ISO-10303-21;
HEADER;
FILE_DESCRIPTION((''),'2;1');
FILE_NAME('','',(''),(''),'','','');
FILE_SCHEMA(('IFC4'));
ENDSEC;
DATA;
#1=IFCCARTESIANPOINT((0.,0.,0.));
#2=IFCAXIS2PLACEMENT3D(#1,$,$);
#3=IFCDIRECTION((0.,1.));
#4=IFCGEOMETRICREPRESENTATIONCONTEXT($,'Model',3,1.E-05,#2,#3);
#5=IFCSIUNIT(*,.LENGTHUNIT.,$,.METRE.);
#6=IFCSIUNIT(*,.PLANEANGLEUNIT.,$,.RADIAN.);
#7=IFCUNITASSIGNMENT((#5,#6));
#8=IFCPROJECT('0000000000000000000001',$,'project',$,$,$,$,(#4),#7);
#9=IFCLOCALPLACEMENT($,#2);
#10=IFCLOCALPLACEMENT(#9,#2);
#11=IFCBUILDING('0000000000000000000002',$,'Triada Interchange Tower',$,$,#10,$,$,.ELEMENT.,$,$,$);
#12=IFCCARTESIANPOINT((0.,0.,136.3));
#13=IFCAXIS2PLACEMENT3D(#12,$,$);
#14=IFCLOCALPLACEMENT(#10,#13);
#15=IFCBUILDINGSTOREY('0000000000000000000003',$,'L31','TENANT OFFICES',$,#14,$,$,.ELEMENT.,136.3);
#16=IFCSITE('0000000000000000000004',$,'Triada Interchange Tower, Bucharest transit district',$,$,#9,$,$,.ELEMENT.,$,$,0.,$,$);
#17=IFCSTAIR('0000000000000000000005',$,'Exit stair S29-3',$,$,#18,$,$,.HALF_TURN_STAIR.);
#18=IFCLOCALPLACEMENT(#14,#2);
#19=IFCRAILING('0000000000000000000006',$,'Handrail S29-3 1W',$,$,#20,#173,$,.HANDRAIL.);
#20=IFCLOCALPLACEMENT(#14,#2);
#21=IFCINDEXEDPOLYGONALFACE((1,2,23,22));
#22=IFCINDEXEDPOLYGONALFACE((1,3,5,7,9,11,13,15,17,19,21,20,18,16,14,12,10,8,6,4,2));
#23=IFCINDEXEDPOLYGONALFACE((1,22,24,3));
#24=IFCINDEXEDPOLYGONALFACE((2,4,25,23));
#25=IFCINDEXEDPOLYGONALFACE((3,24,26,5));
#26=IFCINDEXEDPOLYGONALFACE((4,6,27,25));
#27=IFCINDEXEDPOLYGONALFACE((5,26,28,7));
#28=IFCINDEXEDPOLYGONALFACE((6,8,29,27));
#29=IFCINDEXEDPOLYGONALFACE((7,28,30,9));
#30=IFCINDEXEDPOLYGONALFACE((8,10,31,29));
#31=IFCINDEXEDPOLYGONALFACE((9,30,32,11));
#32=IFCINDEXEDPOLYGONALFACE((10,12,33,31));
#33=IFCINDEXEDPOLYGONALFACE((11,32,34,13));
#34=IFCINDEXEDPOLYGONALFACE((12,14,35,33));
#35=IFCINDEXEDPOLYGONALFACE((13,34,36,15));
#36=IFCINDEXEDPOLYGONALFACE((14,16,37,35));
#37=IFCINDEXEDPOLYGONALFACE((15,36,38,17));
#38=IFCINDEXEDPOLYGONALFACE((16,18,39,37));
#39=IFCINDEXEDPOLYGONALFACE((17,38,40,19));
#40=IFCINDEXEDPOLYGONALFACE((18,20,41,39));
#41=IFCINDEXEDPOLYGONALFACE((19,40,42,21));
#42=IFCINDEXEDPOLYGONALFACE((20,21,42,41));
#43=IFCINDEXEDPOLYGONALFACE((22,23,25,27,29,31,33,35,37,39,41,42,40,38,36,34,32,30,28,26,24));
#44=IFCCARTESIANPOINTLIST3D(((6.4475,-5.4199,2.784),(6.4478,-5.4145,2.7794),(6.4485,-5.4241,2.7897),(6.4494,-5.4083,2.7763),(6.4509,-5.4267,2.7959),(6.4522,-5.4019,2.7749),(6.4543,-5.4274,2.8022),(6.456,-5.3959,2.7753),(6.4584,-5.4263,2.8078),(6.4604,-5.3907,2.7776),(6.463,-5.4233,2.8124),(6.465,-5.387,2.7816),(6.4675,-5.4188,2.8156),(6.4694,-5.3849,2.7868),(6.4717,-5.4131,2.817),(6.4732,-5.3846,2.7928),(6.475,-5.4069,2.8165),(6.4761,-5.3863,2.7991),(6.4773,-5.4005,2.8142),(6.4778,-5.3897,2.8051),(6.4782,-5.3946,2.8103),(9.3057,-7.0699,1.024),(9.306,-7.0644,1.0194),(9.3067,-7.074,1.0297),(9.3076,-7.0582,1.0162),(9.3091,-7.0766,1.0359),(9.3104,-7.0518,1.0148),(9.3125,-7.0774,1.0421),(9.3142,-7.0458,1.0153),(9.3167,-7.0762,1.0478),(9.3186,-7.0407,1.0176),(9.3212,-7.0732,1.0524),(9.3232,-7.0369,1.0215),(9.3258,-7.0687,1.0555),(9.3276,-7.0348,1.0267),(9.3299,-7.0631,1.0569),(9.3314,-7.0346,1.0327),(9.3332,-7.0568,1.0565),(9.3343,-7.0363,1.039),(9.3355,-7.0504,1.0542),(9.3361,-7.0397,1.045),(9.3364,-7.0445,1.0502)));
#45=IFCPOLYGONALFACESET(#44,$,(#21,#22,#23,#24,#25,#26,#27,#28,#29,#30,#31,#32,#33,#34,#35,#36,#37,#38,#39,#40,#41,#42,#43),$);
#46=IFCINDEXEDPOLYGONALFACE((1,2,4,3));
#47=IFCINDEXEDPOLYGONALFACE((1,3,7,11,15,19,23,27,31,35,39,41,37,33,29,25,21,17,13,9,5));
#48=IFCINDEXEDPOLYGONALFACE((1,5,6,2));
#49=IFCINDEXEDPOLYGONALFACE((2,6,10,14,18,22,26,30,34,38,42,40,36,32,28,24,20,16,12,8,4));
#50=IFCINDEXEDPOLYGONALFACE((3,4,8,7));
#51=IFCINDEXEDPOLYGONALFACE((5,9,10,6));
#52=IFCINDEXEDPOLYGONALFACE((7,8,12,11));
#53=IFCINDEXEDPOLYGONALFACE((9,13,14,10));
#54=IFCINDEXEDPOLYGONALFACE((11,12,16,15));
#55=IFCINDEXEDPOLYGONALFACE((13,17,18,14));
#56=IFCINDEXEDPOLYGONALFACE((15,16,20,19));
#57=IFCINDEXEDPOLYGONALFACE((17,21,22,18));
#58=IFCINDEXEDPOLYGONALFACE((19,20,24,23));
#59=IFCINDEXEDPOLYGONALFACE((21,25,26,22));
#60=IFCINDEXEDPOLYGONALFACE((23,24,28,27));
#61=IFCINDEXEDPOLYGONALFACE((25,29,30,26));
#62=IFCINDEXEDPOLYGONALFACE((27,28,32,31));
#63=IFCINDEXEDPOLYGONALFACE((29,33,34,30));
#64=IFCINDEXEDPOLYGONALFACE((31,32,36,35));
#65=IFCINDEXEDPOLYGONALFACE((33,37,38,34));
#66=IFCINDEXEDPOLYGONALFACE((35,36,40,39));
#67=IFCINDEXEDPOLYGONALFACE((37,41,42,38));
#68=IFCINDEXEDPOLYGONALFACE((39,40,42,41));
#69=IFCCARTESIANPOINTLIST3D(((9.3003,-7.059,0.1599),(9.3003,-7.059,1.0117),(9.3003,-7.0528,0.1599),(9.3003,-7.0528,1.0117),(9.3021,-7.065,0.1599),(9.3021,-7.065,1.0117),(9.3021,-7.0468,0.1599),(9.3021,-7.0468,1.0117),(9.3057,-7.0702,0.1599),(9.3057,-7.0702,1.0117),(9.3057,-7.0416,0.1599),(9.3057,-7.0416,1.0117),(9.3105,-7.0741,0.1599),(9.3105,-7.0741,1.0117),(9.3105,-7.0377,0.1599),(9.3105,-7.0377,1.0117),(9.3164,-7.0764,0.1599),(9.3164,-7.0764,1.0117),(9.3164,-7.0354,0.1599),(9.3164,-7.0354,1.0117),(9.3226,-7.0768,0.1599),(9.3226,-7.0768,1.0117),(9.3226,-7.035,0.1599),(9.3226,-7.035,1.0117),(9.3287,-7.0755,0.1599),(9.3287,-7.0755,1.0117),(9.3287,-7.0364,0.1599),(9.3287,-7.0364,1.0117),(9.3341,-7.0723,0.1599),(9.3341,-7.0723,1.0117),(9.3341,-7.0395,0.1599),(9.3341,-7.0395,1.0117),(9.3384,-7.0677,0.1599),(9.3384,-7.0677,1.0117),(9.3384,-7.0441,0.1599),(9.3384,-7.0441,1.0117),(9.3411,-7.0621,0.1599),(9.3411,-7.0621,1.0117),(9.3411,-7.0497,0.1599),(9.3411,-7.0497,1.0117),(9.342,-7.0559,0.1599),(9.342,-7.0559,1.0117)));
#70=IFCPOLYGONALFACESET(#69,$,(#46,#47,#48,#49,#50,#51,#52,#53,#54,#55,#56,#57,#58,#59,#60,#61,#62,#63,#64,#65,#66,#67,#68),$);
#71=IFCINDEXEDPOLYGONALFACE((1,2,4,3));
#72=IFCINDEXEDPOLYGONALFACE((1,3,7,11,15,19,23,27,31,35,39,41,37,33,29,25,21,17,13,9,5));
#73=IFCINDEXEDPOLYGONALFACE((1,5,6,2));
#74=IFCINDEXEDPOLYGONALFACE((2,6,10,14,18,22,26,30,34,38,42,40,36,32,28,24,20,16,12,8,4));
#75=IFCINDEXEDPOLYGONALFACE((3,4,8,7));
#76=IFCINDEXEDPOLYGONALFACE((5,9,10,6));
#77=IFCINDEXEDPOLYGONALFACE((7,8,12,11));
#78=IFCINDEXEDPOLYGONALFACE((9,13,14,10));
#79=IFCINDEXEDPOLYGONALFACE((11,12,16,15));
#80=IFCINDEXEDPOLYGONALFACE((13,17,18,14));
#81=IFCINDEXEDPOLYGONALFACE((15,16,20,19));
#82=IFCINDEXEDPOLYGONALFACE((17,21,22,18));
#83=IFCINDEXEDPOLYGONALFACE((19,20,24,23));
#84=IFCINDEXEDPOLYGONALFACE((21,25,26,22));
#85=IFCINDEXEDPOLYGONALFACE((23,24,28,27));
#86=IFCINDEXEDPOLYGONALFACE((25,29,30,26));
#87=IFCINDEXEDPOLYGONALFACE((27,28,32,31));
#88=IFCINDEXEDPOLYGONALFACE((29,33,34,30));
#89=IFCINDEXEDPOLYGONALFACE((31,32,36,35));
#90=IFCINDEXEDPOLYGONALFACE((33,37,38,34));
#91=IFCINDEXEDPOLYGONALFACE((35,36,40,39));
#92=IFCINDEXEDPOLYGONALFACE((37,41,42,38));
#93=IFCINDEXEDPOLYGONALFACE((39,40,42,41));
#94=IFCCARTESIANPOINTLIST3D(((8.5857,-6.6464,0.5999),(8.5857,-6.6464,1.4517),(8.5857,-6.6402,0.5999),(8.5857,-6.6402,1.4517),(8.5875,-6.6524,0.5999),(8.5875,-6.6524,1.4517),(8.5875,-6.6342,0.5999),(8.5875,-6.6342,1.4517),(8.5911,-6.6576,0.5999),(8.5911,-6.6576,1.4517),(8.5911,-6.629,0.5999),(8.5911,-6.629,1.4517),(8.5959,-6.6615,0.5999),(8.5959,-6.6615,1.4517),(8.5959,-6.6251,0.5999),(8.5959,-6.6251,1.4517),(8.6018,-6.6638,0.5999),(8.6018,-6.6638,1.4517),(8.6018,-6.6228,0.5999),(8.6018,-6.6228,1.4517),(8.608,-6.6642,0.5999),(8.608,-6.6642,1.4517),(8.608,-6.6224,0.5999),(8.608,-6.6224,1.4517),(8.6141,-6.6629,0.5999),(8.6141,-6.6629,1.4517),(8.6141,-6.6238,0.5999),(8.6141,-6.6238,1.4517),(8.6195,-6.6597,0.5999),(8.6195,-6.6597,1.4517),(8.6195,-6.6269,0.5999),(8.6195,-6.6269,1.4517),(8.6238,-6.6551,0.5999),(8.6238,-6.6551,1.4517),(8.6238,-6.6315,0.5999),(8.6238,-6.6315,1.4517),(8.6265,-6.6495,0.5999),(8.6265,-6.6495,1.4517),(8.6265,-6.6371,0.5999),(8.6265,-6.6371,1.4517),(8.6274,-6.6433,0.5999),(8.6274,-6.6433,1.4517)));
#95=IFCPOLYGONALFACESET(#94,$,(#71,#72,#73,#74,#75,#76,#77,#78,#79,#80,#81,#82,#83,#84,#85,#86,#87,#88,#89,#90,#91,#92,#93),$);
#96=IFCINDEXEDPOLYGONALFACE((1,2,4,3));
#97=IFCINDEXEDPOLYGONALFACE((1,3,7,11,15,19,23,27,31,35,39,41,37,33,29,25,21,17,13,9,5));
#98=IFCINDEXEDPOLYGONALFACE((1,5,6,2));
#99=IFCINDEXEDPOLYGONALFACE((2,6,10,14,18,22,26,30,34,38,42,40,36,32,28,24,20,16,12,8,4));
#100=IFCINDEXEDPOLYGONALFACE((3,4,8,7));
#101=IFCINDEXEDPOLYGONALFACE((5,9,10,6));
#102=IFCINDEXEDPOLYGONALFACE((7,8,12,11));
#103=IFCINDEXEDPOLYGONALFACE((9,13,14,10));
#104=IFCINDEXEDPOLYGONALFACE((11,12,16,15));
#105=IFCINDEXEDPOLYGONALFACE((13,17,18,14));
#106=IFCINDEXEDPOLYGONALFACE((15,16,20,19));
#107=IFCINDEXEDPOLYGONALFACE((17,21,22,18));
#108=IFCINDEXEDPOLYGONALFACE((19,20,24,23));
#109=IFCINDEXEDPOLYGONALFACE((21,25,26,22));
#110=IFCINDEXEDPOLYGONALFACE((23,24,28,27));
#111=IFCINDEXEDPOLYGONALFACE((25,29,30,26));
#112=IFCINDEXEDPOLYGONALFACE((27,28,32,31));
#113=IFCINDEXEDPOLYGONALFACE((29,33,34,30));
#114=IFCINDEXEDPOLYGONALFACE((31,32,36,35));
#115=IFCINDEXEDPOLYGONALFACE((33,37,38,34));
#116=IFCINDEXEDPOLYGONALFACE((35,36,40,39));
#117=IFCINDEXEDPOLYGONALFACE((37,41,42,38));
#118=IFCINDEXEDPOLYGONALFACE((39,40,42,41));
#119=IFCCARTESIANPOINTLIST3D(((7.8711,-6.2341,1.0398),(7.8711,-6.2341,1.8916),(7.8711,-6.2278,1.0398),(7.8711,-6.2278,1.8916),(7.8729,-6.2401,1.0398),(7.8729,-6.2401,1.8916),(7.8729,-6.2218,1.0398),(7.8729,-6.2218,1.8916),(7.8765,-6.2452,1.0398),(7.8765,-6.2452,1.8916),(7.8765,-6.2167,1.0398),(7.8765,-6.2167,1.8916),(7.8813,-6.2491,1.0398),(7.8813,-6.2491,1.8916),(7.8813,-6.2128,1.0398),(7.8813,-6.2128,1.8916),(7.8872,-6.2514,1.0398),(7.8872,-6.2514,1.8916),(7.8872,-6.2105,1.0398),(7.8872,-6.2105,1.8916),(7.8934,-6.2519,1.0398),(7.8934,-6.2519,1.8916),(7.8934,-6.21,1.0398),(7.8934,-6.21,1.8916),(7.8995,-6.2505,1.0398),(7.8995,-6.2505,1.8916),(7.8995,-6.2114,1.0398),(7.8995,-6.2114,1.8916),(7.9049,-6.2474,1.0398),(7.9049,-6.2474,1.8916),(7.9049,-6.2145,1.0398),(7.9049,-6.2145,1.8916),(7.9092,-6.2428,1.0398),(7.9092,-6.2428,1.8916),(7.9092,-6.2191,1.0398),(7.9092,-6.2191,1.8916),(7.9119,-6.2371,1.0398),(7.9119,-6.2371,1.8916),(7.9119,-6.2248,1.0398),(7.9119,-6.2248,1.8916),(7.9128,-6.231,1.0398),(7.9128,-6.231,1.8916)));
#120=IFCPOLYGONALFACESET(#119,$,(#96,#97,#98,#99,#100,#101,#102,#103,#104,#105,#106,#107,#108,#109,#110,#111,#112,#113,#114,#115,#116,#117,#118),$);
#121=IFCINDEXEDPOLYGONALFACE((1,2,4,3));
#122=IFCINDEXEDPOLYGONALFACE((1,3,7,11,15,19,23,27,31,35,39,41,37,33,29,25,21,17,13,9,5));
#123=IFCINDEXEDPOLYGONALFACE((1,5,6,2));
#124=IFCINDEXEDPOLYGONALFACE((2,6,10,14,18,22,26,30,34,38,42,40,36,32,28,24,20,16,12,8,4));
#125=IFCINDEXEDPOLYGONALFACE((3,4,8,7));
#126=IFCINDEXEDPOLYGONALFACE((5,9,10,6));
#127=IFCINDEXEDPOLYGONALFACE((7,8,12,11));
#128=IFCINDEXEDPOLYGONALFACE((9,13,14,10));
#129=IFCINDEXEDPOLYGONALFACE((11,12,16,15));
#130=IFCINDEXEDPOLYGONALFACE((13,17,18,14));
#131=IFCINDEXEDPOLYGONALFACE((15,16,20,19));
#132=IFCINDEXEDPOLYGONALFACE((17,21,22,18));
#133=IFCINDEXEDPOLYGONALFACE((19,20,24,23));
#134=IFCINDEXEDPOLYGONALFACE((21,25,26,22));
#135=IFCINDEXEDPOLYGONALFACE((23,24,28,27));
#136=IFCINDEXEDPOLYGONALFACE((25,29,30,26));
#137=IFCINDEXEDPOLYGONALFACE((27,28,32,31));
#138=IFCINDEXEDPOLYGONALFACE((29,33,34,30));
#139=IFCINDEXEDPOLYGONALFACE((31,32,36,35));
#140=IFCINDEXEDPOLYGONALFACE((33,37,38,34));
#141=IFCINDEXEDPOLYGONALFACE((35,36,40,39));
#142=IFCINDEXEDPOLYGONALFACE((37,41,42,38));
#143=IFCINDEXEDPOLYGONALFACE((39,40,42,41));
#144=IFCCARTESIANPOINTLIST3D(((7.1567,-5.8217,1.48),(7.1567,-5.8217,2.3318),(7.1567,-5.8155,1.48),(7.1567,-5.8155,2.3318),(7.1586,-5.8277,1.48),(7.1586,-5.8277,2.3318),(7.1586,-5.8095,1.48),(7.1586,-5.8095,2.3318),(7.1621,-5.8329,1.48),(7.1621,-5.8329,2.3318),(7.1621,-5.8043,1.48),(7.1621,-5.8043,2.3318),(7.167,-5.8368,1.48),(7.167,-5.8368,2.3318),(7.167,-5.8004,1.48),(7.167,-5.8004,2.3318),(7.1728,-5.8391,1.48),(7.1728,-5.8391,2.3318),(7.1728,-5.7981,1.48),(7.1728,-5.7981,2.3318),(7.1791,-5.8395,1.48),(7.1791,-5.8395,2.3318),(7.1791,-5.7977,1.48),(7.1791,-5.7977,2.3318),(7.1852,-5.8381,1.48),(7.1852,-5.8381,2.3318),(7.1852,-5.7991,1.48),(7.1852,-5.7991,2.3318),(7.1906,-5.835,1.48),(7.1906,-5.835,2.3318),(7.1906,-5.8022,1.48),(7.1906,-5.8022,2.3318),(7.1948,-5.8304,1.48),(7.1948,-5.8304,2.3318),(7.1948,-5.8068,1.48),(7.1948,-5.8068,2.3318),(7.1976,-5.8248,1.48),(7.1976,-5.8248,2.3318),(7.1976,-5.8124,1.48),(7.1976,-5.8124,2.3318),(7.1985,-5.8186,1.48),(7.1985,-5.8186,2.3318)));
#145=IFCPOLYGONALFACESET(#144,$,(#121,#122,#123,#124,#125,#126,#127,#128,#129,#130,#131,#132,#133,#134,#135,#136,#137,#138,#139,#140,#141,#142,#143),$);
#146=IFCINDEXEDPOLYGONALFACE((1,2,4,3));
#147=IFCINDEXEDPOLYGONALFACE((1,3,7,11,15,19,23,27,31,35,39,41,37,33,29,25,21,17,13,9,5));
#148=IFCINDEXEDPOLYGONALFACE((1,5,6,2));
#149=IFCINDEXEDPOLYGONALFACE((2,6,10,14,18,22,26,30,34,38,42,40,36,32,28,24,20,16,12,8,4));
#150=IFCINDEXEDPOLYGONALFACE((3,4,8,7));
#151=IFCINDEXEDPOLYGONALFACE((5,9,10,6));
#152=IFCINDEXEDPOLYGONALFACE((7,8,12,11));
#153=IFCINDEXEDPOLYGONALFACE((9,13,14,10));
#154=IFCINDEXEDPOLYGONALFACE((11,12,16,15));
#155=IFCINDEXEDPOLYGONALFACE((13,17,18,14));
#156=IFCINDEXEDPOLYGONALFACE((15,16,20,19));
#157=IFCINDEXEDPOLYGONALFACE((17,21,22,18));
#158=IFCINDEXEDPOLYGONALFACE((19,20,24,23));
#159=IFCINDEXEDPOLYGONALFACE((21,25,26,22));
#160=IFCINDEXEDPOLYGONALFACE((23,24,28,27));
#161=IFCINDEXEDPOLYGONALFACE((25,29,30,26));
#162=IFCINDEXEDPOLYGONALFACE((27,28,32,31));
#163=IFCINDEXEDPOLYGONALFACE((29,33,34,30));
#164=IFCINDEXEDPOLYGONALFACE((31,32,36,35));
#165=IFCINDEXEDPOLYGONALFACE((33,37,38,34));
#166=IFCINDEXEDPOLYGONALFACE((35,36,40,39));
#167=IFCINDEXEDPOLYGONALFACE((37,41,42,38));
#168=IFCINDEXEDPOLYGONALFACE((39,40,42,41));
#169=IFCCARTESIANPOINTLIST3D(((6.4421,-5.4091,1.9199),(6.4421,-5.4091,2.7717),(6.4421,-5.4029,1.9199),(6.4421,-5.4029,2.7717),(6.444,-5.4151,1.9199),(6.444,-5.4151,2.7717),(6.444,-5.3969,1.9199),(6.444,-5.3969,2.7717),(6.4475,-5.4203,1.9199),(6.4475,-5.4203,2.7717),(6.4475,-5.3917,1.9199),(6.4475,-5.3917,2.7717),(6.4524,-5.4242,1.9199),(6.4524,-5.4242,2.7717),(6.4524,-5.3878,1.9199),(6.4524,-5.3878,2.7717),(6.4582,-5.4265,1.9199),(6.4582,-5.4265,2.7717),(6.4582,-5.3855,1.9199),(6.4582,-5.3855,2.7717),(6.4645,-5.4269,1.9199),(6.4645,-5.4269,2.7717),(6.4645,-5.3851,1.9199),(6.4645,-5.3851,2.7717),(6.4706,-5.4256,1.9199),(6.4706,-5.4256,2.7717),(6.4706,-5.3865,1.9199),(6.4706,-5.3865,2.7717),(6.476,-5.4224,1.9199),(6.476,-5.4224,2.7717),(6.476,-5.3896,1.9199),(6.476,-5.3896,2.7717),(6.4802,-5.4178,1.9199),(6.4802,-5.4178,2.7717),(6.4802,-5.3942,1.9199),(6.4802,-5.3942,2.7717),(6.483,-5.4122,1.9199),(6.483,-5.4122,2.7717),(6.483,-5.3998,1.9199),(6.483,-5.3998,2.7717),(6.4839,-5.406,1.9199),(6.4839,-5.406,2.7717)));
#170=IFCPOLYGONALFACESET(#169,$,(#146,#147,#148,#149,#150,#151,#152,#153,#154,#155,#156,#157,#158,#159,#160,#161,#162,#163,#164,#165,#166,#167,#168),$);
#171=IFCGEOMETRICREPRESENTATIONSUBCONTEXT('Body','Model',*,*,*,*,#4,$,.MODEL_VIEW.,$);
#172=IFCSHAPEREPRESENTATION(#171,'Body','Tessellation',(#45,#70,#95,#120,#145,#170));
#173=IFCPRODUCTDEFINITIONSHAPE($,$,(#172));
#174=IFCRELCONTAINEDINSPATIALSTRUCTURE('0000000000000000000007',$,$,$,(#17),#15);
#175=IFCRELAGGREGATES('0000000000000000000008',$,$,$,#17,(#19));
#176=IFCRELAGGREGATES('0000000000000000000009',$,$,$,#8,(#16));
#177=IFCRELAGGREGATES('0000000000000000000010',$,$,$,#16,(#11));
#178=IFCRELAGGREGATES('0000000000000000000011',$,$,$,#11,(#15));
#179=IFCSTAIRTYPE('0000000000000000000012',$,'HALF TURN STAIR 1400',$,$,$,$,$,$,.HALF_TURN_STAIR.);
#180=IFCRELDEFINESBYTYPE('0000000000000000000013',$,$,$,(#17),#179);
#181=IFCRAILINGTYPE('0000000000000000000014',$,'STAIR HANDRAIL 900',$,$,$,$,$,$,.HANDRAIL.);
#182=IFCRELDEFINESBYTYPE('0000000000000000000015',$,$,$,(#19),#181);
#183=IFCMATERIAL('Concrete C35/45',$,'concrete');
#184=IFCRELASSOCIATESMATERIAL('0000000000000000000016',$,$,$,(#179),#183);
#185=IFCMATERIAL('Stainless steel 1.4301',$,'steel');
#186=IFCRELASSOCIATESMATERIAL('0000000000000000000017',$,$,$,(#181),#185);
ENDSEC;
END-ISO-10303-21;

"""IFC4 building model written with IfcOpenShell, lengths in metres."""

from ifc_helpers import new_model, si_unit, direction, frame, origin, origin_2d, place, context, subcontext, project, spatial, circle, extrude, material, type_object, element, aggregate, save


model = new_model("IFC4")

# Units and contexts
model_context = context("Model", 3, precision=1e-05, world=origin(), true_north=direction((0.0, 1.0)))
body_context = subcontext(model_context, "Body", "Model", "MODEL_VIEW")
ifc_project = project(units=[si_unit("LENGTHUNIT", "METRE"), si_unit("PLANEANGLEUNIT", "RADIAN")], contexts=[model_context])

# Site, building, storey
site_placement = place(None, origin())
site = spatial("IfcSite", under=ifc_project, at=site_placement, Name="Triada Interchange Tower, Bucharest transit district", CompositionType="ELEMENT", RefElevation=0.0)
building_placement = place(site_placement, origin())
building = spatial("IfcBuilding", under=site, at=building_placement, Name="Triada Interchange Tower", CompositionType="ELEMENT")
storey_placement = place(building_placement, frame((0.0, 0.0, 136.3)))
storey = spatial("IfcBuildingStorey", under=building, at=storey_placement, Name="L31", Description="TENANT OFFICES", CompositionType="ELEMENT", Elevation=136.3)

# Stair, railing
ifc_material_1 = material(Name="Concrete C35/45", Category="concrete")
stair_type = type_object("IfcStairType", Name="HALF TURN STAIR 1400", PredefinedType="HALF_TURN_STAIR", material=ifc_material_1)
stair_placement = place(storey_placement, origin())
stair = element("IfcStair", 1, at=stair_placement, inside=storey, type_object=stair_type, Name="Exit stair S29-3", PredefinedType="HALF_TURN_STAIR")
ifc_material_2 = material(Name="Stainless steel 1.4301", Category="steel")
railing_type = type_object("IfcRailingType", Name="STAIR HANDRAIL 900", PredefinedType="HANDRAIL", material=ifc_material_2)
railing_1_placement = place(storey_placement, frame((9.321, -7.0559, 0.1599)))
railing_1 = element("IfcRailing", 2, at=railing_1_placement, type_object=railing_type, Name="Handrail S29-3 1W", PredefinedType="HANDRAIL", context=body_context, shape_type="SweptSolid", body=[
    extrude(circle(Radius=0.0239, at=origin_2d()), frame((0.0, 0.0, 0.876), z_axis=(-0.764178, 0.441131, 0.47057), x_axis=(-0.499942, -0.866059, 0.0)), (0.0, 0.0, 1.0), 3.7402),
    extrude(circle(Radius=0.021, at=origin_2d()), origin(), (0.0, 0.0, 1.0), 0.8518),
    extrude(circle(Radius=0.021, at=origin_2d()), frame((-0.7146, 0.4126, 0.4399)), (0.0, 0.0, 1.0), 0.8518),
    extrude(circle(Radius=0.021, at=origin_2d()), frame((-1.4292, 0.825, 0.8799)), (0.0, 0.0, 1.0), 0.8518),
    extrude(circle(Radius=0.021, at=origin_2d()), frame((-2.1436, 1.2373, 1.3201)), (0.0, 0.0, 1.0), 0.8518),
    extrude(circle(Radius=0.021, at=origin_2d()), frame((-2.8582, 1.6499, 1.76)), (0.0, 0.0, 1.0), 0.8518),
])
aggregate(stair, [railing_1])

save(model, "model.ifc")
